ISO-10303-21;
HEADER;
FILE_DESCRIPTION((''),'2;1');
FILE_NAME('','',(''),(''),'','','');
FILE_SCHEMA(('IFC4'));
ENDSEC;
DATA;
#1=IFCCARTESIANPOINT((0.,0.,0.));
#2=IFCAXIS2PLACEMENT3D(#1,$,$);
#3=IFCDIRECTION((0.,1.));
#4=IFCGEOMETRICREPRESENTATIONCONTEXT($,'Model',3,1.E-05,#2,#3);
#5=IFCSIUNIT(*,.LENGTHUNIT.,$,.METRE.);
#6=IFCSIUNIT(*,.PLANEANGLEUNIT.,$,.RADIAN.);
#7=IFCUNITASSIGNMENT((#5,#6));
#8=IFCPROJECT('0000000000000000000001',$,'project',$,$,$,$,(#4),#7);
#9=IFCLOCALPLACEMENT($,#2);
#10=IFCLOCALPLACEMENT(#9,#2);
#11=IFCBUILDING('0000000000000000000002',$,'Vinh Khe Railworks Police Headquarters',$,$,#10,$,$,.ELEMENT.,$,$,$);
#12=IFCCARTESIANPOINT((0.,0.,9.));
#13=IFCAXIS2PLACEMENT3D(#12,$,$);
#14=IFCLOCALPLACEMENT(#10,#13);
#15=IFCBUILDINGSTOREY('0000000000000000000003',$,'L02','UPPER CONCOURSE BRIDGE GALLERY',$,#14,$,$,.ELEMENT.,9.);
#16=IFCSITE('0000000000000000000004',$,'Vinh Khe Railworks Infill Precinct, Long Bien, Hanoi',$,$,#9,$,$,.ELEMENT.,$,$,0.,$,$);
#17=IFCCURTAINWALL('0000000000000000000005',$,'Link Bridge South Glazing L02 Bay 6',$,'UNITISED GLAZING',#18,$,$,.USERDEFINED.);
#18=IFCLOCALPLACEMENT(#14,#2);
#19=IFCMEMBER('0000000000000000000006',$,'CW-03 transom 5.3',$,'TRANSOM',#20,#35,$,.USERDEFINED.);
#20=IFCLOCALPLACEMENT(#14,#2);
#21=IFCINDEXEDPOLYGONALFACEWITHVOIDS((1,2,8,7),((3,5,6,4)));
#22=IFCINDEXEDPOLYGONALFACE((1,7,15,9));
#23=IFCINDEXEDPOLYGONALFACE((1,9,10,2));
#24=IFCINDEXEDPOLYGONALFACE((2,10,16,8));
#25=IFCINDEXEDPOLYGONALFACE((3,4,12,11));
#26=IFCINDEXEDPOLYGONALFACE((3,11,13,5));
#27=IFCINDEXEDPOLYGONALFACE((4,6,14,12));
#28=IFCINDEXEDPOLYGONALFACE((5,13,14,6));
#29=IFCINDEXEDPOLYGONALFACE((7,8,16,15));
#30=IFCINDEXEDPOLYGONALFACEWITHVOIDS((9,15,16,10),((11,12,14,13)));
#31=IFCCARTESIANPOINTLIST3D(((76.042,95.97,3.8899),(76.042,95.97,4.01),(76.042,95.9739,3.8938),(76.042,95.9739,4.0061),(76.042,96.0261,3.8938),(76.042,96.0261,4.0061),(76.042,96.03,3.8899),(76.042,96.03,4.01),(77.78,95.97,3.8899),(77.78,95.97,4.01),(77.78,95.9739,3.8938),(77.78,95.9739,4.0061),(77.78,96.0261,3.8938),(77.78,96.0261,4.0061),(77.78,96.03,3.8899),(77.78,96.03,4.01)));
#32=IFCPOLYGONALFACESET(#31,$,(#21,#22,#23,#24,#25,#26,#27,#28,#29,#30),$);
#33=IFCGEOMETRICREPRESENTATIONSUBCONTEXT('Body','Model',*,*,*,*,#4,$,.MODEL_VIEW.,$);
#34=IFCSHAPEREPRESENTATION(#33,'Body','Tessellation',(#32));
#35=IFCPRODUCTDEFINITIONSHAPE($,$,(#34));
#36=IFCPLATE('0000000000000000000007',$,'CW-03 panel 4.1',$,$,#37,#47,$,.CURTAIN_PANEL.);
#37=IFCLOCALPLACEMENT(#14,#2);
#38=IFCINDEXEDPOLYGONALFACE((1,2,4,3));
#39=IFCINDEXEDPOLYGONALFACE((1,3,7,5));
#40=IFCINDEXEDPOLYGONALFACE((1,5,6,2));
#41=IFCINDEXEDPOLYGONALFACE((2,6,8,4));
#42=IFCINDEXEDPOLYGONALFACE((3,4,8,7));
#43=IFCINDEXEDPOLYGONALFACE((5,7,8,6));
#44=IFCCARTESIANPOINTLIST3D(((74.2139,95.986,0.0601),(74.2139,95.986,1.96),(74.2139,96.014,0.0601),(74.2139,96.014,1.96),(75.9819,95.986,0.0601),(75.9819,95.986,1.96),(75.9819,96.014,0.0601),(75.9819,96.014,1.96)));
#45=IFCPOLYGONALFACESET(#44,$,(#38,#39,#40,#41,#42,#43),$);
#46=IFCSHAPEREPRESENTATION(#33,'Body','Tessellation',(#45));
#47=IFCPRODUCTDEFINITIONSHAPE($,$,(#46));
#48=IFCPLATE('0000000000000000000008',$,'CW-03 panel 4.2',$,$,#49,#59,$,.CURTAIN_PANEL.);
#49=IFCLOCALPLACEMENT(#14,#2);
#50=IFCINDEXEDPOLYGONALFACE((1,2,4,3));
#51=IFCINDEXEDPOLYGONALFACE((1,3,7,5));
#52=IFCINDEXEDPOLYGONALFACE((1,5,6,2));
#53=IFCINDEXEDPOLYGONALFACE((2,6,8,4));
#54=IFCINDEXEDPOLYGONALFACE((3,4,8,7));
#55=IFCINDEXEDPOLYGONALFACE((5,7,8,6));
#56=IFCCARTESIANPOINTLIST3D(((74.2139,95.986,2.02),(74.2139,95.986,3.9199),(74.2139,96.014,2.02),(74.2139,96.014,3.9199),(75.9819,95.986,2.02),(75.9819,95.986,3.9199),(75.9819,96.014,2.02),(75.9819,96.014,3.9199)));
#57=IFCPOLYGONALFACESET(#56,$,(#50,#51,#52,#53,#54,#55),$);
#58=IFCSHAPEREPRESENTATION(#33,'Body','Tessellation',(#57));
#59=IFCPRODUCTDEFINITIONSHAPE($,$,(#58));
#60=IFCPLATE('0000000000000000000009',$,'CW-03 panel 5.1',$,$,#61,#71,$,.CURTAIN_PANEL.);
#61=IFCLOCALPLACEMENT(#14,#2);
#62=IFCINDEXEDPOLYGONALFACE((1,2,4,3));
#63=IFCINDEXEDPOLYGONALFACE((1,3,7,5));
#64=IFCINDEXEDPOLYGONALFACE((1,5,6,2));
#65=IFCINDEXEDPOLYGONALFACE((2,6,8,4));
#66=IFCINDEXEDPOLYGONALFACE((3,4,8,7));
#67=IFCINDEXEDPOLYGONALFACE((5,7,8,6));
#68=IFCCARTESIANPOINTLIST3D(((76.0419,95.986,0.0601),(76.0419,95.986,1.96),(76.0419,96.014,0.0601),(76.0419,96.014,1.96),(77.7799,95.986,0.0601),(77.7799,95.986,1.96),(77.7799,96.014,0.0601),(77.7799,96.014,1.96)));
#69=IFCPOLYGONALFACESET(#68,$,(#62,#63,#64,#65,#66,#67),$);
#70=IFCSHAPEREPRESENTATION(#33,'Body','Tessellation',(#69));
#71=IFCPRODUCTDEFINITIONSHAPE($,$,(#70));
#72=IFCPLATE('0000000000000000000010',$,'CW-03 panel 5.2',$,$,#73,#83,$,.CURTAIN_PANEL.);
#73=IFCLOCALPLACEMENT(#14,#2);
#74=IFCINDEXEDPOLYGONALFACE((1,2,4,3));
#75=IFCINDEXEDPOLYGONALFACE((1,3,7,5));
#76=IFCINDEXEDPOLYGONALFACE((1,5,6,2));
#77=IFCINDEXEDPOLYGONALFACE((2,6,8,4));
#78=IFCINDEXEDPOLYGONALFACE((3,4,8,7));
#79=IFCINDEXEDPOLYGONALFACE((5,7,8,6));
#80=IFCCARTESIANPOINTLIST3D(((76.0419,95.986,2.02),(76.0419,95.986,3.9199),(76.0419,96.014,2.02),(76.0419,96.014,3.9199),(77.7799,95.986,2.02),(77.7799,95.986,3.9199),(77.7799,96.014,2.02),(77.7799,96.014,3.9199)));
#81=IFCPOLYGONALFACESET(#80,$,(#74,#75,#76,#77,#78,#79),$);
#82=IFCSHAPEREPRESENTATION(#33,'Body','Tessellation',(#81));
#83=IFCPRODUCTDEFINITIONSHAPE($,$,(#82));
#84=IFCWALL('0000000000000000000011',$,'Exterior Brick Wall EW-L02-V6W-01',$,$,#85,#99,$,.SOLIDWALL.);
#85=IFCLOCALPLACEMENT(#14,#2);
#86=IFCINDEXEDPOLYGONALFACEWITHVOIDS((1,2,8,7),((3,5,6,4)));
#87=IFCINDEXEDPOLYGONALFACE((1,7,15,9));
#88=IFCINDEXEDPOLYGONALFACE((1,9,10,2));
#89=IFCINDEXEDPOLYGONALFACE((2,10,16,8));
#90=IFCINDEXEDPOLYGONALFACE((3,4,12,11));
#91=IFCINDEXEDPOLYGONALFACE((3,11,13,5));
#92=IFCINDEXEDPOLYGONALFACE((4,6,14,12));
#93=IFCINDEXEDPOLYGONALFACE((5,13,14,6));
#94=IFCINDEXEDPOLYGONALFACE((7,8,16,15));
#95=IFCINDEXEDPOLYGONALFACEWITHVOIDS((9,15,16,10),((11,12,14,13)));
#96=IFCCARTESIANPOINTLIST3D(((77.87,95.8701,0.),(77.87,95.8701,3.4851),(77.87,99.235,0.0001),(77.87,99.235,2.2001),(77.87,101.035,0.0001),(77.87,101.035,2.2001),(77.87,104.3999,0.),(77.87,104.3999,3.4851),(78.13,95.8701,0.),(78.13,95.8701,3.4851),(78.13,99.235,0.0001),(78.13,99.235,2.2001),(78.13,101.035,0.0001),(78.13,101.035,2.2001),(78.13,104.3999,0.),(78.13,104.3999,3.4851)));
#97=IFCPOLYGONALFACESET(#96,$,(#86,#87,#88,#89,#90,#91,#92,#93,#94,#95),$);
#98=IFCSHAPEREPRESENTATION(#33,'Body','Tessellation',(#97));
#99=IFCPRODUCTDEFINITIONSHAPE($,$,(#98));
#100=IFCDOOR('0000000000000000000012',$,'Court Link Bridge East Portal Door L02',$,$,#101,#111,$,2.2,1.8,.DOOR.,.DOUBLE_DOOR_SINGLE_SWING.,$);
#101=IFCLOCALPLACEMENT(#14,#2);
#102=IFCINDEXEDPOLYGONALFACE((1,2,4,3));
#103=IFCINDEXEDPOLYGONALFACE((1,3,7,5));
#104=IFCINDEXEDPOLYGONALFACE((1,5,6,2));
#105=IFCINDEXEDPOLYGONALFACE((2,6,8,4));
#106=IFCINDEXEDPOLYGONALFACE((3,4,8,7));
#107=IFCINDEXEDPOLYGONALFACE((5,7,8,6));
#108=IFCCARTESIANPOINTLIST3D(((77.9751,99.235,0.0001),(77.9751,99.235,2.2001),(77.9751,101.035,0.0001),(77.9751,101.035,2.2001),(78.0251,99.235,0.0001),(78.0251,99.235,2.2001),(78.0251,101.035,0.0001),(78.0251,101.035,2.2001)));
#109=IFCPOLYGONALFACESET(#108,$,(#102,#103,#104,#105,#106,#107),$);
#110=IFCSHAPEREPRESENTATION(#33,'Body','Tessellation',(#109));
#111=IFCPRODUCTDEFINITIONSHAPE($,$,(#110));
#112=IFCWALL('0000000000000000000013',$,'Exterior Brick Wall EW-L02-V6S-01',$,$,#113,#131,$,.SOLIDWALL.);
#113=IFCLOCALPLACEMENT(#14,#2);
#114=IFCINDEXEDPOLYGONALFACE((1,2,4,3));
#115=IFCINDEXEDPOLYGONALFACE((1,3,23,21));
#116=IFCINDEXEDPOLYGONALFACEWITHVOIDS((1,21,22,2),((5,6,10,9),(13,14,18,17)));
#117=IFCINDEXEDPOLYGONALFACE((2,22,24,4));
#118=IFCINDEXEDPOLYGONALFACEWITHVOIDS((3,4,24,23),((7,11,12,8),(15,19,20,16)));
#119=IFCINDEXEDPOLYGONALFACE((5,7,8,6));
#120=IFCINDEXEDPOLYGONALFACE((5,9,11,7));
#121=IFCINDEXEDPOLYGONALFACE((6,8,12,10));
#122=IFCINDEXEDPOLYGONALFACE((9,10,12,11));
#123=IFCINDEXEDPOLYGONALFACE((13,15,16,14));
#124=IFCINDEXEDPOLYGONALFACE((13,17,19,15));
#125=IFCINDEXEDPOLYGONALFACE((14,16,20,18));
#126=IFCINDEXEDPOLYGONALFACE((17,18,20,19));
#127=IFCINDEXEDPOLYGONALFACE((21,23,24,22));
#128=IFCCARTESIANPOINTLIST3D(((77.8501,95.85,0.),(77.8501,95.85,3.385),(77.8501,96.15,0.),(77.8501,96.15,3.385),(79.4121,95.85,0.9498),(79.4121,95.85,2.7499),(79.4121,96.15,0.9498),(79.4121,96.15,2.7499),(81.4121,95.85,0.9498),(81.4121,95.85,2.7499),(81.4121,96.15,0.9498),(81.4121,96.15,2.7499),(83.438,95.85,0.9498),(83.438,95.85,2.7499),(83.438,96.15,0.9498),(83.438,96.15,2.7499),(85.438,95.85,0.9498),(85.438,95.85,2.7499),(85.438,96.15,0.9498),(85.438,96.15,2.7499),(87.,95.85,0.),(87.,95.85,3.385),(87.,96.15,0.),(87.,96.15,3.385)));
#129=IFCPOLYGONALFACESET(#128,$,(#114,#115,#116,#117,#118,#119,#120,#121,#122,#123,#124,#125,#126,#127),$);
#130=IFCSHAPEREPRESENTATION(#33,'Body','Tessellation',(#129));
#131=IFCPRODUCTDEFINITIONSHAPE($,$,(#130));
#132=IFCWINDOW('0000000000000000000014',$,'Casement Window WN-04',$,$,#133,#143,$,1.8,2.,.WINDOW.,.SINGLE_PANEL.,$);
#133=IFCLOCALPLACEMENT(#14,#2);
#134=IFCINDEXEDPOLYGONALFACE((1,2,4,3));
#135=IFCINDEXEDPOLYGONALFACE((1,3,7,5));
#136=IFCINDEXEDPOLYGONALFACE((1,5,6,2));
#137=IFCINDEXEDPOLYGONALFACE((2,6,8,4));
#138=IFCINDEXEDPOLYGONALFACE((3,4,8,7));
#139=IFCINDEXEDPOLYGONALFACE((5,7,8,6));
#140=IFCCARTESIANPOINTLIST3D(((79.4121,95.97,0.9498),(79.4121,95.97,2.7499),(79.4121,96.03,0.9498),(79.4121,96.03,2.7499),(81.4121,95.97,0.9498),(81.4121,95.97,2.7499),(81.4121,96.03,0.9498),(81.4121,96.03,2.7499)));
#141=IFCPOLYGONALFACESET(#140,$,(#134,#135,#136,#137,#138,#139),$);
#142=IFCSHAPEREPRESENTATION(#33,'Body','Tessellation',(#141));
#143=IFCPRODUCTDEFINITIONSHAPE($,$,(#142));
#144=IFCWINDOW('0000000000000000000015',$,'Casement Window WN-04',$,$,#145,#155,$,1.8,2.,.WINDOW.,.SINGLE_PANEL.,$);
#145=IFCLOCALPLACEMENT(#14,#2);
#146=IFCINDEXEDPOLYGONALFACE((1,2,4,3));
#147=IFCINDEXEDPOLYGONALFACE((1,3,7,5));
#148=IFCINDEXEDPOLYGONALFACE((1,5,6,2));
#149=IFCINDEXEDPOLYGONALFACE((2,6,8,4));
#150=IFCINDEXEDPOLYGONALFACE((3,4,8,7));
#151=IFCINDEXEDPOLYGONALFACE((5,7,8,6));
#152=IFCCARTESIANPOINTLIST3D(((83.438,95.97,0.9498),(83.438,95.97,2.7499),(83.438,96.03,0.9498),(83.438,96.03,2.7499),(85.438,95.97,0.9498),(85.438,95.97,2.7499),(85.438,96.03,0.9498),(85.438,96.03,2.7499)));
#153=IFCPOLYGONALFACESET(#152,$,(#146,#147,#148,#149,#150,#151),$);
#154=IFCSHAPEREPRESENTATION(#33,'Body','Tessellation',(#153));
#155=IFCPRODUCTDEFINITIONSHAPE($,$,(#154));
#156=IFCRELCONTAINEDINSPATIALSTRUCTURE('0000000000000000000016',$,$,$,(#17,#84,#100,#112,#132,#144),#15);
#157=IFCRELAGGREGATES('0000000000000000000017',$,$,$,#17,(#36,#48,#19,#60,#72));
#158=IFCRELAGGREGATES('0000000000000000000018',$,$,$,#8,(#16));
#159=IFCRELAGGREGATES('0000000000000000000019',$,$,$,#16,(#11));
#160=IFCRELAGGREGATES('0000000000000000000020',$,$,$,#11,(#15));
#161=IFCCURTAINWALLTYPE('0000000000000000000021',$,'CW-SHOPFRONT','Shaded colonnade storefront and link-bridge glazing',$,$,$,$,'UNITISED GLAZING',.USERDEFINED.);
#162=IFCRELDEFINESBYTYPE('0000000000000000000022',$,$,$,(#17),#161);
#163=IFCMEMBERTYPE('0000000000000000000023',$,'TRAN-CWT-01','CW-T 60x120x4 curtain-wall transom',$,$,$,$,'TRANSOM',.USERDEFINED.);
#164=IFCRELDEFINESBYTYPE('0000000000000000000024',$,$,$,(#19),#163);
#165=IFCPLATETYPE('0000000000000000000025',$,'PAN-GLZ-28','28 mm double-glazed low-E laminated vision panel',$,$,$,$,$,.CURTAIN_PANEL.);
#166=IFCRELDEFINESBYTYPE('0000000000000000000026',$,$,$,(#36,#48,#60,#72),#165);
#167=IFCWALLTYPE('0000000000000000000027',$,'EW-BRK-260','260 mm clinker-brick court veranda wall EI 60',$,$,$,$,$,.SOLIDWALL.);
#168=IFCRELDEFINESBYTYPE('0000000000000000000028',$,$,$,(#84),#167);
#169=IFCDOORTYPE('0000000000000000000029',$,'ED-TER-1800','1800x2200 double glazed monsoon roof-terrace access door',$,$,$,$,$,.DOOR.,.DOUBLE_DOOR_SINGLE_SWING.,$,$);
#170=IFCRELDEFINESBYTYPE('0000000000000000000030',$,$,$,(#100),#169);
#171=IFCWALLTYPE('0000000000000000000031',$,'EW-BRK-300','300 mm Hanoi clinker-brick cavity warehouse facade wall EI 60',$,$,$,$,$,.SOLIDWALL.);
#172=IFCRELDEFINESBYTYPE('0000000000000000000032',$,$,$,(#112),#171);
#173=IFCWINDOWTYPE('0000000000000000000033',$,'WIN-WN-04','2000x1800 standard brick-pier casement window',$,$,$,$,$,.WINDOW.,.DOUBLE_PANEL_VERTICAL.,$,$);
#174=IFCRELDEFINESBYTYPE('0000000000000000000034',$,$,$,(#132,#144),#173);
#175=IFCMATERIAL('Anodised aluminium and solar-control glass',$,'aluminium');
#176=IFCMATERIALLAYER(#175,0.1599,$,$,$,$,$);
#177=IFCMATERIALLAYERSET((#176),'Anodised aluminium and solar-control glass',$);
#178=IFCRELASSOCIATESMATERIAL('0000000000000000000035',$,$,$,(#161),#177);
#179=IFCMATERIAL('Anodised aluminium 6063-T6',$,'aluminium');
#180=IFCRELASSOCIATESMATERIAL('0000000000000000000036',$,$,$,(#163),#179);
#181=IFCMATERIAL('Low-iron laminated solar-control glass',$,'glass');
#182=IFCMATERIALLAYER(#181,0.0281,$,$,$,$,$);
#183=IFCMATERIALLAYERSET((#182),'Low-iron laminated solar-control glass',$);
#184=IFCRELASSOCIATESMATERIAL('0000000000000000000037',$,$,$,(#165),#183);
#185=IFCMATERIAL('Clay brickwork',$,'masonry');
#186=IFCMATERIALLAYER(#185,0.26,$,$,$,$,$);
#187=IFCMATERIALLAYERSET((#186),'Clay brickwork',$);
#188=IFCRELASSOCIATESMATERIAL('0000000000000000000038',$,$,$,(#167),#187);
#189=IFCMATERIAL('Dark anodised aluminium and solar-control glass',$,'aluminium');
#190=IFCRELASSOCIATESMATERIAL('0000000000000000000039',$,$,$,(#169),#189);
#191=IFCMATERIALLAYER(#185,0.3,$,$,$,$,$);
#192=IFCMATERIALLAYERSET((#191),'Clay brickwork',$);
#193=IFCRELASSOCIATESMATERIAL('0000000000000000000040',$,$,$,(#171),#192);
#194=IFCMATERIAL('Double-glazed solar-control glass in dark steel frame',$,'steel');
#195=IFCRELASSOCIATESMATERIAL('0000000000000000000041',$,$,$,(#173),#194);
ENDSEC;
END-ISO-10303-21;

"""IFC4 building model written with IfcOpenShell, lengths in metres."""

from ifc_helpers import new_model, si_unit, direction, frame, frame_2d, origin, origin_2d, place, context, subcontext, project, spatial, rectangle, hollow_rectangle, extrude, material, layer, layer_set, material_profile, profile_set, type_object, element, fill, aggregate, save


model = new_model("IFC4")

# Units and contexts
model_context = context("Model", 3, precision=1e-05, world=origin(), true_north=direction((0.0, 1.0)))
body_context = subcontext(model_context, "Body", "Model", "MODEL_VIEW")
ifc_project = project(units=[si_unit("LENGTHUNIT", "METRE"), si_unit("PLANEANGLEUNIT", "RADIAN")], contexts=[model_context])

# Site, building, storey
site_placement = place(None, origin())
site = spatial("IfcSite", under=ifc_project, at=site_placement, Name="Vinh Khe Railworks Infill Precinct, Long Bien, Hanoi", CompositionType="ELEMENT", RefElevation=0.0)
building_placement = place(site_placement, origin())
building = spatial("IfcBuilding", under=site, at=building_placement, Name="Vinh Khe Railworks Police Headquarters", CompositionType="ELEMENT")
storey_placement = place(building_placement, frame((0.0, 0.0, 9.0)))
storey = spatial("IfcBuildingStorey", under=building, at=storey_placement, Name="L02", Description="UPPER CONCOURSE BRIDGE GALLERY", CompositionType="ELEMENT", Elevation=9.0)

# Curtain wall
ifc_material_1 = material(Name="Anodised aluminium and solar-control glass", Category="aluminium")
ifc_layer_1 = layer(ifc_material_1, 0.1599)
ifc_layer_set_1 = layer_set([ifc_layer_1], Name="Anodised aluminium and solar-control glass")
curtain_wall_type = type_object("IfcCurtainWallType", Name="CW-SHOPFRONT", Description="Shaded colonnade storefront and link-bridge glazing", ElementType="UNITISED GLAZING", PredefinedType="USERDEFINED", material=ifc_layer_set_1)
curtain_wall_placement = place(storey_placement, origin())
curtain_wall = element("IfcCurtainWall", 1, at=curtain_wall_placement, inside=storey, type_object=curtain_wall_type, Name="Link Bridge South Glazing L02 Bay 6", ObjectType="UNITISED GLAZING", PredefinedType="USERDEFINED")
ifc_material_2 = material(Name="Anodised aluminium 6063-T6", Category="aluminium")

# Member
ifc_material_profile_1 = material_profile(ifc_material_2, hollow_rectangle(XDim=0.0601, YDim=0.1201, WallThickness=0.0039, at=origin_2d()), Name="CW-T 60x120x4")
ifc_profile_set_1 = profile_set([ifc_material_profile_1], Name="Anodised aluminium 6063-T6")
member_type_1 = type_object("IfcMemberType", Name="TRAN-CWT-01", Description="CW-T 60x120x4 curtain-wall transom", ElementType="TRANSOM", PredefinedType="USERDEFINED", material=ifc_profile_set_1)
member_1_placement = place(storey_placement, frame((76.042, 96.0, 3.95), z_axis=(1.0, 0.0, 0.0), x_axis=(0.0, 1.0, 0.0)))
member_1 = element("IfcMember", 2, at=member_1_placement, type_object=member_type_1, Name="CW-03 transom 5.3", ObjectType="TRANSOM", PredefinedType="USERDEFINED", context=body_context, shape_type="SweptSolid", body=[
    extrude(hollow_rectangle(XDim=0.0601, YDim=0.1201, WallThickness=0.0039, at=origin_2d()), origin(), (0.0, 0.0, 1.0), 1.738),
])

# Plates
ifc_material_3 = material(Name="Low-iron laminated solar-control glass", Category="glass")
ifc_layer_2 = layer(ifc_material_3, 0.0281)
ifc_layer_set_2 = layer_set([ifc_layer_2], Name="Low-iron laminated solar-control glass")
plate_type = type_object("IfcPlateType", Name="PAN-GLZ-28", Description="28 mm double-glazed low-E laminated vision panel", PredefinedType="CURTAIN_PANEL", material=ifc_layer_set_2)
plate_1_placement = place(storey_placement, frame((75.0979, 96.0, 0.0601), z_axis=(0.0, 0.0, 1.0), x_axis=(1.0, 0.0, 0.0)))
plate_1 = element("IfcPlate", 3, at=plate_1_placement, type_object=plate_type, Name="CW-03 panel 4.1", PredefinedType="CURTAIN_PANEL", context=body_context, shape_type="SweptSolid", body=[
    extrude(rectangle(XDim=1.7681, YDim=0.0281, at=origin_2d()), origin(), (0.0, 0.0, 1.0), 1.8999),
])
plate_2_placement = place(storey_placement, frame((75.0979, 96.0, 2.02), z_axis=(0.0, 0.0, 1.0), x_axis=(1.0, 0.0, 0.0)))
plate_2 = element("IfcPlate", 4, at=plate_2_placement, type_object=plate_type, Name="CW-03 panel 4.2", PredefinedType="CURTAIN_PANEL", context=body_context, shape_type="SweptSolid", body=[
    extrude(rectangle(XDim=1.7681, YDim=0.0281, at=origin_2d()), origin(), (0.0, 0.0, 1.0), 1.8999),
])
plate_3_placement = place(storey_placement, frame((76.9109, 96.0, 0.0601), z_axis=(0.0, 0.0, 1.0), x_axis=(1.0, 0.0, 0.0)))
plate_3 = element("IfcPlate", 5, at=plate_3_placement, type_object=plate_type, Name="CW-03 panel 5.1", PredefinedType="CURTAIN_PANEL", context=body_context, shape_type="SweptSolid", body=[
    extrude(rectangle(XDim=1.738, YDim=0.0281, at=origin_2d()), origin(), (0.0, 0.0, 1.0), 1.8999),
])
plate_4_placement = place(storey_placement, frame((76.9109, 96.0, 2.02), z_axis=(0.0, 0.0, 1.0), x_axis=(1.0, 0.0, 0.0)))
plate_4 = element("IfcPlate", 6, at=plate_4_placement, type_object=plate_type, Name="CW-03 panel 5.2", PredefinedType="CURTAIN_PANEL", context=body_context, shape_type="SweptSolid", body=[
    extrude(rectangle(XDim=1.738, YDim=0.0281, at=origin_2d()), origin(), (0.0, 0.0, 1.0), 1.8999),
])
aggregate(curtain_wall, [plate_1, plate_2, member_1, plate_3, plate_4])

# Wall, opening, door
ifc_material_4 = material(Name="Clay brickwork", Category="masonry")
ifc_layer_3 = layer(ifc_material_4, 0.26)
ifc_layer_set_3 = layer_set([ifc_layer_3], Name="Clay brickwork")
wall_type_1 = type_object("IfcWallType", Name="EW-BRK-260", Description="260 mm clinker-brick court veranda wall EI 60", PredefinedType="SOLIDWALL", material=ifc_layer_set_3)
wall_1_placement = place(storey_placement, frame((78.0, 95.8701, 0.0), z_axis=(0.0, 0.0, 1.0), x_axis=(0.0, 1.0, 0.0)))
wall_1 = element("IfcWall", 7, at=wall_1_placement, inside=storey, type_object=wall_type_1, Name="Exterior Brick Wall EW-L02-V6W-01", PredefinedType="SOLIDWALL", context=body_context, shape_type="SweptSolid", body=[
    extrude(rectangle(XDim=8.5298, YDim=0.26, at=frame_2d((4.2649, 0.0))), origin(), (0.0, 0.0, 1.0), 3.4851),
])
opening_1_placement = place(wall_1_placement, frame((3.365, 0.0, 0.0)))
opening_1 = element("IfcOpeningElement", 8, at=opening_1_placement, cuts=wall_1, PredefinedType="OPENING", context=body_context, shape_type="SweptSolid", body=[
    extrude(rectangle(XDim=1.8, YDim=2.2, at=frame_2d((0.8999, 1.1001))), frame((0.0, 0.145, 0.0), z_axis=(0.0, -1.0, 0.0), x_axis=(1.0, 0.0, 0.0)), (0.0, 0.0, 1.0), 0.2898),
])
ifc_material_5 = material(Name="Dark anodised aluminium and solar-control glass", Category="aluminium")
door_type = type_object("IfcDoorType", Name="ED-TER-1800", Description="1800x2200 double glazed monsoon roof-terrace access door", OperationType="DOUBLE_DOOR_SINGLE_SWING", PredefinedType="DOOR", material=ifc_material_5)
door_placement = place(opening_1_placement, origin())
door = element("IfcDoor", 9, at=door_placement, inside=storey, type_object=door_type, Name="Court Link Bridge East Portal Door L02", OperationType="DOUBLE_DOOR_SINGLE_SWING", OverallHeight=2.2, OverallWidth=1.8, PredefinedType="DOOR", context=body_context, shape_type="SweptSolid", body=[
    extrude(rectangle(XDim=1.8, YDim=2.2, at=frame_2d((0.8999, 1.1001))), frame((0.0, 0.0249, 0.0), z_axis=(0.0, -1.0, 0.0), x_axis=(1.0, 0.0, 0.0)), (0.0, 0.0, 1.0), 0.05),
])
fill(opening_1, door)

# Wall, openings, windows
ifc_layer_4 = layer(ifc_material_4, 0.3)
ifc_layer_set_4 = layer_set([ifc_layer_4], Name="Clay brickwork")
wall_type_2 = type_object("IfcWallType", Name="EW-BRK-300", Description="300 mm Hanoi clinker-brick cavity warehouse facade wall EI 60", PredefinedType="SOLIDWALL", material=ifc_layer_set_4)
wall_2_placement = place(storey_placement, frame((77.8501, 96.0, 0.0), z_axis=(0.0, 0.0, 1.0), x_axis=(1.0, 0.0, 0.0)))
wall_2 = element("IfcWall", 10, at=wall_2_placement, inside=storey, type_object=wall_type_2, Name="Exterior Brick Wall EW-L02-V6S-01", PredefinedType="SOLIDWALL", context=body_context, shape_type="SweptSolid", body=[
    extrude(rectangle(XDim=9.1499, YDim=0.3, at=frame_2d((4.575, 0.0))), origin(), (0.0, 0.0, 1.0), 3.385),
])
opening_2_placement = place(wall_2_placement, frame((1.562, 0.0, 0.95)))
opening_2 = element("IfcOpeningElement", 11, at=opening_2_placement, cuts=wall_2, PredefinedType="OPENING", context=body_context, shape_type="SweptSolid", body=[
    extrude(rectangle(XDim=2.0, YDim=1.8, at=frame_2d((1.0, 0.8999))), frame((0.0, 0.165, 0.0), z_axis=(0.0, -1.0, 0.0), x_axis=(1.0, 0.0, 0.0)), (0.0, 0.0, 1.0), 0.3298),
])
opening_3_placement = place(wall_2_placement, frame((5.5879, 0.0, 0.95)))
opening_3 = element("IfcOpeningElement", 12, at=opening_3_placement, cuts=wall_2, PredefinedType="OPENING", context=body_context, shape_type="SweptSolid", body=[
    extrude(rectangle(XDim=2.0, YDim=1.8, at=frame_2d((1.0, 0.8999))), frame((0.0, 0.165, 0.0), z_axis=(0.0, -1.0, 0.0), x_axis=(1.0, 0.0, 0.0)), (0.0, 0.0, 1.0), 0.3298),
])
ifc_material_6 = material(Name="Double-glazed solar-control glass in dark steel frame", Category="steel")
window_type = type_object("IfcWindowType", Name="WIN-WN-04", Description="2000x1800 standard brick-pier casement window", PartitioningType="DOUBLE_PANEL_VERTICAL", PredefinedType="WINDOW", material=ifc_material_6)
window_1_placement = place(opening_2_placement, origin())
window_1 = element("IfcWindow", 13, at=window_1_placement, inside=storey, type_object=window_type, Name="Casement Window WN-04", OverallHeight=1.8, OverallWidth=2.0, PartitioningType="SINGLE_PANEL", PredefinedType="WINDOW", context=body_context, shape_type="SweptSolid", body=[
    extrude(rectangle(XDim=2.0, YDim=1.8, at=frame_2d((1.0, 0.8999))), frame((0.0, 0.03, 0.0), z_axis=(0.0, -1.0, 0.0), x_axis=(1.0, 0.0, 0.0)), (0.0, 0.0, 1.0), 0.0601),
])
fill(opening_2, window_1)
window_2_placement = place(opening_3_placement, origin())
window_2 = element("IfcWindow", 14, at=window_2_placement, inside=storey, type_object=window_type, Name="Casement Window WN-04", OverallHeight=1.8, OverallWidth=2.0, PartitioningType="SINGLE_PANEL", PredefinedType="WINDOW", context=body_context, shape_type="SweptSolid", body=[
    extrude(rectangle(XDim=2.0, YDim=1.8, at=frame_2d((1.0, 0.8999))), frame((0.0, 0.03, 0.0), z_axis=(0.0, -1.0, 0.0), x_axis=(1.0, 0.0, 0.0)), (0.0, 0.0, 1.0), 0.0601),
])
fill(opening_3, window_2)

save(model, "model.ifc")
